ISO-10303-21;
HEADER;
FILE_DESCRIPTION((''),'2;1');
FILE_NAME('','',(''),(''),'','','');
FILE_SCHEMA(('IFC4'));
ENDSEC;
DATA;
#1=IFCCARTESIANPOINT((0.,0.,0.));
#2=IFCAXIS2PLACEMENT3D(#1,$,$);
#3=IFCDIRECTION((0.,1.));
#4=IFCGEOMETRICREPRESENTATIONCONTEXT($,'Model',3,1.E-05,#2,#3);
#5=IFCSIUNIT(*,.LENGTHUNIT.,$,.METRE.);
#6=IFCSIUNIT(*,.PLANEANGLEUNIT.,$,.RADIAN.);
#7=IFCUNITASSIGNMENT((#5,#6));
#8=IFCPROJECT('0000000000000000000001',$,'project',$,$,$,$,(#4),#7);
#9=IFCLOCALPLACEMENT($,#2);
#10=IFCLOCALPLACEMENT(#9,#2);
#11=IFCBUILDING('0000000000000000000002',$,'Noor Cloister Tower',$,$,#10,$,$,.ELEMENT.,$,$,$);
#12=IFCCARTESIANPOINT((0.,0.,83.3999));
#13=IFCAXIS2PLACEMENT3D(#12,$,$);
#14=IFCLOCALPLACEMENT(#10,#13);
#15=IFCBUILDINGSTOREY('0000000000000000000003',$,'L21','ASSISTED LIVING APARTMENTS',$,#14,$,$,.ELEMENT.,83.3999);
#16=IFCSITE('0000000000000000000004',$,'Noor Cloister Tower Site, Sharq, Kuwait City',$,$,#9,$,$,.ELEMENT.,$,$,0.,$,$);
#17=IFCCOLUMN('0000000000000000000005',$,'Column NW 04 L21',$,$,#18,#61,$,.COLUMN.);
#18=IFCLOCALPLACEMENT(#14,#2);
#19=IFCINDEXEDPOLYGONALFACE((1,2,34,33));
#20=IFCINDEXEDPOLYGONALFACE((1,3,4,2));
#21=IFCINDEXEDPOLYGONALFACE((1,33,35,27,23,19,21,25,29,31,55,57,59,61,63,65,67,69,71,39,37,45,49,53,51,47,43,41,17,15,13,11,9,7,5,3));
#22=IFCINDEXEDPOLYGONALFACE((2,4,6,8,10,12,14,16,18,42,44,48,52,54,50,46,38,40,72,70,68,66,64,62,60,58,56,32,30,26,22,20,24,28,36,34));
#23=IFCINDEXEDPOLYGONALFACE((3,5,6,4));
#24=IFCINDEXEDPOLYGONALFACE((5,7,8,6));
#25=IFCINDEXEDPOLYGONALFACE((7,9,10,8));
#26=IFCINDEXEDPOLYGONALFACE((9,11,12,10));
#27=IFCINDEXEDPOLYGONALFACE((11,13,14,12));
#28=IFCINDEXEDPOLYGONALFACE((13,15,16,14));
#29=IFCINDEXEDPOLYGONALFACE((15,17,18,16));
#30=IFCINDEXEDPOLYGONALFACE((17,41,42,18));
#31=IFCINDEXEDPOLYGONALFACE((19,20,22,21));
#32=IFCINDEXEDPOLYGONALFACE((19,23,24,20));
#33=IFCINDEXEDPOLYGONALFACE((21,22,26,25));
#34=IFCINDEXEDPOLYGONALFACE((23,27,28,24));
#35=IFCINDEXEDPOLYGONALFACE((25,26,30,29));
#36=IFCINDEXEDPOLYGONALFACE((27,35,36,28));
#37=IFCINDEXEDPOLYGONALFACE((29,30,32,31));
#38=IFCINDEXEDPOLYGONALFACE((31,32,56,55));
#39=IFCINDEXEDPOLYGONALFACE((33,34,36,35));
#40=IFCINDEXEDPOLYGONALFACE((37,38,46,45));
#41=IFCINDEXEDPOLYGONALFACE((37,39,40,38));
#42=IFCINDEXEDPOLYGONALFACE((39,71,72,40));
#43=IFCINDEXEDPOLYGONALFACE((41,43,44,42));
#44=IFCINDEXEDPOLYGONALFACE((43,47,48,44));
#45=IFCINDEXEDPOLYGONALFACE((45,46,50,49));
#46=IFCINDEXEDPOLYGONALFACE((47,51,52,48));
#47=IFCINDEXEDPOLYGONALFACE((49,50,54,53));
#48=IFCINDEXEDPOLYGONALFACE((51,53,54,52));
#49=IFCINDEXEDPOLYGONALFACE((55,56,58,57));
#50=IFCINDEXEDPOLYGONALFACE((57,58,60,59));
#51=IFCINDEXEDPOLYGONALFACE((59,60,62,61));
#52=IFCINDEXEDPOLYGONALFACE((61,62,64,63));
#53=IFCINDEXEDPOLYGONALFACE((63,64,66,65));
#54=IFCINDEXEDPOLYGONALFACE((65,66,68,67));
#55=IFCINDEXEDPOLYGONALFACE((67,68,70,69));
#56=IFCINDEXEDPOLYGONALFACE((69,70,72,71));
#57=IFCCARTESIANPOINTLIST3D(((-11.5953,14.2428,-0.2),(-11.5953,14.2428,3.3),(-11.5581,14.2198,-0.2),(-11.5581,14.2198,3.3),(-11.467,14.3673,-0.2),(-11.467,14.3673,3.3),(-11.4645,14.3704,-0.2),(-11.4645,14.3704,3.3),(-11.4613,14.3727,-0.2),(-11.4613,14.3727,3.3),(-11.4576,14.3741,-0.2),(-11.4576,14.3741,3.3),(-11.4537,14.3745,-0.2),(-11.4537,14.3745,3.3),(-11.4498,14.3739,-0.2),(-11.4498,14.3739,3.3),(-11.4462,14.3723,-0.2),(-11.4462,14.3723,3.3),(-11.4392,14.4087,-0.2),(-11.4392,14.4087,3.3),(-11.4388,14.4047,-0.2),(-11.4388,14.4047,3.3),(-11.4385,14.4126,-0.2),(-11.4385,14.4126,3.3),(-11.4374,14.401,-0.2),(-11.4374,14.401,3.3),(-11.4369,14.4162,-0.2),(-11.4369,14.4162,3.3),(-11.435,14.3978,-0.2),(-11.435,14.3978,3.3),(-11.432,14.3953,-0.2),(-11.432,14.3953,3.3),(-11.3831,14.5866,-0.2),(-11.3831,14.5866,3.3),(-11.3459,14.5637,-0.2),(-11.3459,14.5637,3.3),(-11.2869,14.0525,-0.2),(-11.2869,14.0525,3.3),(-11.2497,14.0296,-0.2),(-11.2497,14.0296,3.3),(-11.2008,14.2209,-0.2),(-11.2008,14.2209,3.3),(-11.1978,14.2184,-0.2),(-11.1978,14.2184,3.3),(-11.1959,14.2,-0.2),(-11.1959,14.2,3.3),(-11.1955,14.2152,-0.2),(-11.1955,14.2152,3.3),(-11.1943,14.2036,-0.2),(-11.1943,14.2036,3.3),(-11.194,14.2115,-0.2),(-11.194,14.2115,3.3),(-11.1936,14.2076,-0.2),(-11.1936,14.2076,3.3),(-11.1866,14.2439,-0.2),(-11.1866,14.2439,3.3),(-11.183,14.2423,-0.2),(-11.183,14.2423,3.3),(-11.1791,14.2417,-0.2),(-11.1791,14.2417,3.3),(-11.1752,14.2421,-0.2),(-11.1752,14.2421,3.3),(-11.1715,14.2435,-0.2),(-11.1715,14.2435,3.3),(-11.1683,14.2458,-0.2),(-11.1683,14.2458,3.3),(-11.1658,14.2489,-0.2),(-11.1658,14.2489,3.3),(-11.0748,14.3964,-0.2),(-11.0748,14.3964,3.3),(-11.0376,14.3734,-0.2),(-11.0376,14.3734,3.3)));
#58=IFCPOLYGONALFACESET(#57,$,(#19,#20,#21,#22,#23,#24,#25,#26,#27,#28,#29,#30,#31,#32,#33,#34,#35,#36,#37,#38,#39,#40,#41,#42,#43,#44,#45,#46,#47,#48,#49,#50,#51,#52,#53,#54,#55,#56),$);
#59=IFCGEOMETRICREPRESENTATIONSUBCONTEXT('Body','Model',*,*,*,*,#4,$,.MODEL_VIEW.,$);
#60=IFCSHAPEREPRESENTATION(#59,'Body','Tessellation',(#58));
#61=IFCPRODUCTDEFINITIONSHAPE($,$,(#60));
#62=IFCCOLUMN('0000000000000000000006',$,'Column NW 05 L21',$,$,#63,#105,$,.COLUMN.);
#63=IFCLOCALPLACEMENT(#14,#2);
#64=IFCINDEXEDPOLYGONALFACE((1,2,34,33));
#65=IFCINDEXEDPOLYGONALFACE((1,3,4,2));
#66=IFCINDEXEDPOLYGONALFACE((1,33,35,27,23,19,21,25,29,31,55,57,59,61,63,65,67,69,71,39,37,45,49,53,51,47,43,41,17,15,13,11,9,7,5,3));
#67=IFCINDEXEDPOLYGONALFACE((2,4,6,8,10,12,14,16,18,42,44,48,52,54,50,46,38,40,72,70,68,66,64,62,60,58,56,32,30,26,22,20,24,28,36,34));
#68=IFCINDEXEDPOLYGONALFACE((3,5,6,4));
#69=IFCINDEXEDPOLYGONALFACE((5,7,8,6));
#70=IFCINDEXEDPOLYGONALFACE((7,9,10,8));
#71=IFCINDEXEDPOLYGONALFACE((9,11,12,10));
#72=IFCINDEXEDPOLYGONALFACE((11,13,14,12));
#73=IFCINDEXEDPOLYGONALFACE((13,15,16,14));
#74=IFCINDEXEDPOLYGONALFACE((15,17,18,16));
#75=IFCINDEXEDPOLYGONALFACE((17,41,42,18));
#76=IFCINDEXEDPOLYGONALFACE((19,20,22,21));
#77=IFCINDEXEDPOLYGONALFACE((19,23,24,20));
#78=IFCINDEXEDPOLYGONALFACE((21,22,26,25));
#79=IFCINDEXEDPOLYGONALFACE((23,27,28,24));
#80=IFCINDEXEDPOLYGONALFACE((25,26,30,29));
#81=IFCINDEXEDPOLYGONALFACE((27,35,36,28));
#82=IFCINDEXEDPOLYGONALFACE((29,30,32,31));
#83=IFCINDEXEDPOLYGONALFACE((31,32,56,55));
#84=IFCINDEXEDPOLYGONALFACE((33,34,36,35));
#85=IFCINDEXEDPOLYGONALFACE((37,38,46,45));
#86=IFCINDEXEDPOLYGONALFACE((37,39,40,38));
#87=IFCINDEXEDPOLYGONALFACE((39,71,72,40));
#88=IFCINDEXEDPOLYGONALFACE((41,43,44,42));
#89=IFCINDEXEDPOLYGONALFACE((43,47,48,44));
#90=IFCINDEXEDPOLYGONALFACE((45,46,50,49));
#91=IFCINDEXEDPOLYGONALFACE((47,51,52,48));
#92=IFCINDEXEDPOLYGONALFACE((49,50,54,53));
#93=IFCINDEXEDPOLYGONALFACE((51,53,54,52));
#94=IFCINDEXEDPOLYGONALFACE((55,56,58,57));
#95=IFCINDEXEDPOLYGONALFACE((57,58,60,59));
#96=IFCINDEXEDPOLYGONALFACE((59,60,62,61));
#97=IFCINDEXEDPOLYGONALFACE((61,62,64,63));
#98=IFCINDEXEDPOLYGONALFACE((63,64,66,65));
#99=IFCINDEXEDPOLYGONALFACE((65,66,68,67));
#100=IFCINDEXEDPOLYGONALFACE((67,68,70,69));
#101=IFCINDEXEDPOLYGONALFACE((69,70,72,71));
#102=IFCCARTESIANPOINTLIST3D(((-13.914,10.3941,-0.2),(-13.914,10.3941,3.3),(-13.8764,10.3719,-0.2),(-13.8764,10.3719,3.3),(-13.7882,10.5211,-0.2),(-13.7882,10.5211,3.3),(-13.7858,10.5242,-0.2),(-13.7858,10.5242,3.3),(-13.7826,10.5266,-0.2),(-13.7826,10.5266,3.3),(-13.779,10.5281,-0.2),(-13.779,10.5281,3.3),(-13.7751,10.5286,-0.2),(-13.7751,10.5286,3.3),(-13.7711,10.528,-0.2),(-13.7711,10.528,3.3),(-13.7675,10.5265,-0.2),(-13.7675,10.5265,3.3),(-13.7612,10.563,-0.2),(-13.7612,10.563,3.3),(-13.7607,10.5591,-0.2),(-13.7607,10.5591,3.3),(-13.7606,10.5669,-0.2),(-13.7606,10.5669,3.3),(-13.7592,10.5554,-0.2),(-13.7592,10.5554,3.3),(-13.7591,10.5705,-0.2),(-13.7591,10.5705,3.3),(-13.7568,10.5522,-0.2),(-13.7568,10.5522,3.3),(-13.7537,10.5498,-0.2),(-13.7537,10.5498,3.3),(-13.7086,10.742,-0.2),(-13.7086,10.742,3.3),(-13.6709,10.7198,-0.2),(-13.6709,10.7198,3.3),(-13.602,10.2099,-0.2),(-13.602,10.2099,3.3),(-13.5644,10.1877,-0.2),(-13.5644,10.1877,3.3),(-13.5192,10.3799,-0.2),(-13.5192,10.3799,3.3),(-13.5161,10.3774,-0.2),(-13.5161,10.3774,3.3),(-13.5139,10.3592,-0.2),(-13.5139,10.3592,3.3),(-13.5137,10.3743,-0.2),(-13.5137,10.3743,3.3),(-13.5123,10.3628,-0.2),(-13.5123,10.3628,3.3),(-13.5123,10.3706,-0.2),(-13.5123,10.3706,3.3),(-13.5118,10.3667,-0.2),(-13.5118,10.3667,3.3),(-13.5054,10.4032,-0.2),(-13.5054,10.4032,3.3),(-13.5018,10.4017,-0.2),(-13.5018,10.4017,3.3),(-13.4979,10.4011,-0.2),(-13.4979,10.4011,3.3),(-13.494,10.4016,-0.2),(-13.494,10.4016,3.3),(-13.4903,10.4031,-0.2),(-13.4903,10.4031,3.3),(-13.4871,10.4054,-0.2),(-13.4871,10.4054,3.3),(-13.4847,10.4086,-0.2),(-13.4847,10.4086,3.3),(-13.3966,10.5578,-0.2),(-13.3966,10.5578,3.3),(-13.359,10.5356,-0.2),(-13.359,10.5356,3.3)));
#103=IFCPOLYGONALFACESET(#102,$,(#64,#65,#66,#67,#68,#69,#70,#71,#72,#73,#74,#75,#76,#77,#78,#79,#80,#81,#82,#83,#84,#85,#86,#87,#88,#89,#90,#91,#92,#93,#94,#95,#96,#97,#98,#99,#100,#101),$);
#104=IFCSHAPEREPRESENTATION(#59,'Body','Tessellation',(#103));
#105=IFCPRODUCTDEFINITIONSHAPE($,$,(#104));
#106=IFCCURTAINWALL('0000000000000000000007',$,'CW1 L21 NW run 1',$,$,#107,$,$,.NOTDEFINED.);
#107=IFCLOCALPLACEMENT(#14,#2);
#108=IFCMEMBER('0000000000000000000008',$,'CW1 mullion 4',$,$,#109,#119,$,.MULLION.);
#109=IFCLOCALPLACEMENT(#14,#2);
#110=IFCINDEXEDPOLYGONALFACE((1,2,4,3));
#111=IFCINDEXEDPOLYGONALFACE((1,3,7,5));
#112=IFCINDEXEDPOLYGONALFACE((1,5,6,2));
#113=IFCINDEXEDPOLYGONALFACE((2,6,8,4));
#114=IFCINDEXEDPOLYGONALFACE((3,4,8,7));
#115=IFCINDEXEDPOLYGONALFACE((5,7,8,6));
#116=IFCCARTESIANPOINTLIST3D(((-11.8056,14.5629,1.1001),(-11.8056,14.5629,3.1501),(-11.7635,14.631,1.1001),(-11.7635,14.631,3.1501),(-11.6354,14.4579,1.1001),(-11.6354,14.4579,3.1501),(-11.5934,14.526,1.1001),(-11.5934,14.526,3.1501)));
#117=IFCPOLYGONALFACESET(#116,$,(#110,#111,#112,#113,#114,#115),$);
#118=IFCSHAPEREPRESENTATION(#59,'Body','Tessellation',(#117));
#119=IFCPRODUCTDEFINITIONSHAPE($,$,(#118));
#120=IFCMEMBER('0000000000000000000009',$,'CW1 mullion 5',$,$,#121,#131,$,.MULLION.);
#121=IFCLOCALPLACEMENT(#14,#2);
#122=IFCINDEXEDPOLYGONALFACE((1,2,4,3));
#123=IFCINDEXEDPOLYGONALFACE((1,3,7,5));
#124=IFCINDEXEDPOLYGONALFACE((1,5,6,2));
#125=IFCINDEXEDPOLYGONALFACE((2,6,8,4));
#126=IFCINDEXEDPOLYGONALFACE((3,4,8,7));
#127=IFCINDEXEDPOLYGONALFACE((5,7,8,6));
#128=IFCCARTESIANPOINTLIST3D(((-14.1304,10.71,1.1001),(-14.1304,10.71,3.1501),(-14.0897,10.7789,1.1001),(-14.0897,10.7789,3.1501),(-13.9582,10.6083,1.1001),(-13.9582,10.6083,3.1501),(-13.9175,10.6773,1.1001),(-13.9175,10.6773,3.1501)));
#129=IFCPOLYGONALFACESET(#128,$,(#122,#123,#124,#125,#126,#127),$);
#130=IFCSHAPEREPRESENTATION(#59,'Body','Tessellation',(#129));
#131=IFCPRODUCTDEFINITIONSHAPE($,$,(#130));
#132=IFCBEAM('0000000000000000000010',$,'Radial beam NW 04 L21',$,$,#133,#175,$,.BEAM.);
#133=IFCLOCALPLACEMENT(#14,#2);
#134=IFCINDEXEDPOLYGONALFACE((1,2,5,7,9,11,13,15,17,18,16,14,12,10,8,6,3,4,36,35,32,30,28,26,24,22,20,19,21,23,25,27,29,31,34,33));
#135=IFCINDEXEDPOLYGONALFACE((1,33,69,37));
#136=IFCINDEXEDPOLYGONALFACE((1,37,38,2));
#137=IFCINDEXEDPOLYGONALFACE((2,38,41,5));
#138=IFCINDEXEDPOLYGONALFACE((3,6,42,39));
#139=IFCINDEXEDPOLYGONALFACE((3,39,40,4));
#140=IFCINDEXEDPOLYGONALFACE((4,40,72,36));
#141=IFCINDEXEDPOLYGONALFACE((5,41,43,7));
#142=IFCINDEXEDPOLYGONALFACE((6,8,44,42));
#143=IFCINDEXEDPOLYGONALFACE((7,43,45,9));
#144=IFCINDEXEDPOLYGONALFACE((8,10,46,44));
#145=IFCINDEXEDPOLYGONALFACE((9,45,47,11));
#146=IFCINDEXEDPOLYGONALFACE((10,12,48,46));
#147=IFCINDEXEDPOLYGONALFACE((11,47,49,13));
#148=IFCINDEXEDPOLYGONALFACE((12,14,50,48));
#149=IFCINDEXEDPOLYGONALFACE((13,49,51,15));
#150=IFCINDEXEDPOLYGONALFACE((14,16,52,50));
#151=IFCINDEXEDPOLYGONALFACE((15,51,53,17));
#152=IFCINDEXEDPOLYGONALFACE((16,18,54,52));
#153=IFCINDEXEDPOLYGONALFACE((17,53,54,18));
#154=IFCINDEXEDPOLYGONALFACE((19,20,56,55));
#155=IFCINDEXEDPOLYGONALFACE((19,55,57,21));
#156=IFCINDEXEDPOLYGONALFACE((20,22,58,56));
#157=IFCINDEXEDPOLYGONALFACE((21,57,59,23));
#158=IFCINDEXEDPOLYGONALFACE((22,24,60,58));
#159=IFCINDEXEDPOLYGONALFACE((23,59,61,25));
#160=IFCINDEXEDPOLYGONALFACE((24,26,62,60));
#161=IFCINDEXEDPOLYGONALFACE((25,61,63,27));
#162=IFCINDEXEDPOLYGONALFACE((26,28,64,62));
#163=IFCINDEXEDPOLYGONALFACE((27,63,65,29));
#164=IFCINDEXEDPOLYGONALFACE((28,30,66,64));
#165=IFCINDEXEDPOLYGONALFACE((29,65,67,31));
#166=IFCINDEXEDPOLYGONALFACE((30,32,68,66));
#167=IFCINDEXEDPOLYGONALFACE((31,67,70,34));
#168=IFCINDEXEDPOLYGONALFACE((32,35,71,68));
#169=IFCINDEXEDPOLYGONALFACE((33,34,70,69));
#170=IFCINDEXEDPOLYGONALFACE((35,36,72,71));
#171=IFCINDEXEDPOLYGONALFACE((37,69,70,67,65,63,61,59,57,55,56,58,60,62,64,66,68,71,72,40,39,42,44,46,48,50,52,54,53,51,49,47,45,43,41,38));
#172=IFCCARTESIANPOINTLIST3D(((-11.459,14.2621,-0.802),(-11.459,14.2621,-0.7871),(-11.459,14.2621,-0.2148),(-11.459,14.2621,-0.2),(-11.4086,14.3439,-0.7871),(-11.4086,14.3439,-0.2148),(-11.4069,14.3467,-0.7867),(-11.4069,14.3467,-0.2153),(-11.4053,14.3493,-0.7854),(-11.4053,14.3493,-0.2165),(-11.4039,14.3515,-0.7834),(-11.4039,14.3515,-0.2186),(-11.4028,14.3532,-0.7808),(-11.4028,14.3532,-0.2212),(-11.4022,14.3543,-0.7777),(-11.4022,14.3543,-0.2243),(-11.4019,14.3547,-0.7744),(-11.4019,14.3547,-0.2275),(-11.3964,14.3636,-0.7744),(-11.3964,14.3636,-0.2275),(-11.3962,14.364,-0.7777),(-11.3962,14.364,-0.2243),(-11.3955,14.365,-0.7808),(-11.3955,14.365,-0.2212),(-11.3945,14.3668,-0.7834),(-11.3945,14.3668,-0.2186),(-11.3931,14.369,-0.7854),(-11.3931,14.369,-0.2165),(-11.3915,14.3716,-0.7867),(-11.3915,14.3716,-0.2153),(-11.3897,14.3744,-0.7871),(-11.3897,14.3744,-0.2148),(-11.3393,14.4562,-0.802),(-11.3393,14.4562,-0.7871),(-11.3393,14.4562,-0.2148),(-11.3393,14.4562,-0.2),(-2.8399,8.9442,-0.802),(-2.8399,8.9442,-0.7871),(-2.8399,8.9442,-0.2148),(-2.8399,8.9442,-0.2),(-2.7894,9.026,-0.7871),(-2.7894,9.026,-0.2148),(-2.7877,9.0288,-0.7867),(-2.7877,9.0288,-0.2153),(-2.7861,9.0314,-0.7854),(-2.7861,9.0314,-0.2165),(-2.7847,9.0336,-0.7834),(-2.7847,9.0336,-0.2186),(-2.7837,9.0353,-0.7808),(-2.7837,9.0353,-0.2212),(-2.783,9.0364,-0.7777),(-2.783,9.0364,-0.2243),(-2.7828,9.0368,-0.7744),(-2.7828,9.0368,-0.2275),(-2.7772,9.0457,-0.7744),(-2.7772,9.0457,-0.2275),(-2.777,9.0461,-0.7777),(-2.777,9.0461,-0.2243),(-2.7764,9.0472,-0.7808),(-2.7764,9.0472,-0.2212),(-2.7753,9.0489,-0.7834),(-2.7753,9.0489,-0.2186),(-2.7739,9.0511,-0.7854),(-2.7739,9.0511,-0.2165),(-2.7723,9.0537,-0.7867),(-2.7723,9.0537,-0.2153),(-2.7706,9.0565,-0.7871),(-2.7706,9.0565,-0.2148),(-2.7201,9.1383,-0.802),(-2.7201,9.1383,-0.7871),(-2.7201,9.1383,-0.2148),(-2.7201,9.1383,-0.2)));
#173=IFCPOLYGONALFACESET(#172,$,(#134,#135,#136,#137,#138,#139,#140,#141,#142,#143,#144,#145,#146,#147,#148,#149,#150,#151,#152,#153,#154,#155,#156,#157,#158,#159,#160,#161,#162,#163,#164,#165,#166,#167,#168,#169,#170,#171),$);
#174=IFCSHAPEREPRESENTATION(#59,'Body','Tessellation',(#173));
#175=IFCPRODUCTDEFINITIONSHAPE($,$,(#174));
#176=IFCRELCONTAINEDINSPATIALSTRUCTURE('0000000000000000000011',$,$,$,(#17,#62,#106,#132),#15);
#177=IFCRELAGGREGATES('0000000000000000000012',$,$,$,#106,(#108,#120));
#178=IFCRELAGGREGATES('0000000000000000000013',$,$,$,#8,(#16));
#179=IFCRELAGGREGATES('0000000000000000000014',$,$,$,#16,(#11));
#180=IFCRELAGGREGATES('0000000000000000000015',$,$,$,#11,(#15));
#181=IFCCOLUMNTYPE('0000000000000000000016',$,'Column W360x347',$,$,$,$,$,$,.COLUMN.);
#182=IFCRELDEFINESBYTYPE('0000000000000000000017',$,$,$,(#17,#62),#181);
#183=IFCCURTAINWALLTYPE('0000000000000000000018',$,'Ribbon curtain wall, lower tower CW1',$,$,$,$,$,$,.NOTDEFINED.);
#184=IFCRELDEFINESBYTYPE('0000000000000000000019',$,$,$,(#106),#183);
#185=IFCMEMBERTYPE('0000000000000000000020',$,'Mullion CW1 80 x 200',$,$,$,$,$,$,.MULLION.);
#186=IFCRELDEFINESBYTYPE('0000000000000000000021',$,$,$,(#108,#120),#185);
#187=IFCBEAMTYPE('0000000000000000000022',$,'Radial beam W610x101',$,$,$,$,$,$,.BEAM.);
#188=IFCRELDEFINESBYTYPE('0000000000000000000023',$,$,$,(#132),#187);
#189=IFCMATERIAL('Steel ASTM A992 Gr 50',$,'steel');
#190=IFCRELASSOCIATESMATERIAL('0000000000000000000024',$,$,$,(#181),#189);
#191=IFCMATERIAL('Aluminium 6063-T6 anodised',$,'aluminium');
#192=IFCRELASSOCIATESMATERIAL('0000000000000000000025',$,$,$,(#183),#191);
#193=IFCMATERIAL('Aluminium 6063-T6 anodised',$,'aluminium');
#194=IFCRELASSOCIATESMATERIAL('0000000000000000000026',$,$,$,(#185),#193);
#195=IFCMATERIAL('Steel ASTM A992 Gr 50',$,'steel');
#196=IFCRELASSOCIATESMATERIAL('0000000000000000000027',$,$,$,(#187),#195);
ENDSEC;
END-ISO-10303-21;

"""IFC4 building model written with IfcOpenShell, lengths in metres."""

from ifc_helpers import new_model, si_unit, direction, frame, origin, origin_2d, place, context, subcontext, project, spatial, rectangle, i_section, extrude, material, material_profile, profile_set, type_object, element, aggregate, save


model = new_model("IFC4")

# Units and contexts
model_context = context("Model", 3, precision=1e-05, world=origin(), true_north=direction((0.0, 1.0)))
body_context = subcontext(model_context, "Body", "Model", "MODEL_VIEW")
ifc_project = project(units=[si_unit("LENGTHUNIT", "METRE"), si_unit("PLANEANGLEUNIT", "RADIAN")], contexts=[model_context])

# Site, building, storey
site_placement = place(None, origin())
site = spatial("IfcSite", under=ifc_project, at=site_placement, Name="Noor Cloister Tower Site, Sharq, Kuwait City", CompositionType="ELEMENT", RefElevation=0.0)
building_placement = place(site_placement, origin())
building = spatial("IfcBuilding", under=site, at=building_placement, Name="Noor Cloister Tower", CompositionType="ELEMENT")
storey_placement = place(building_placement, frame((0.0, 0.0, 83.3999)))
storey = spatial("IfcBuildingStorey", under=building, at=storey_placement, Name="L21", Description="ASSISTED LIVING APARTMENTS", CompositionType="ELEMENT", Elevation=83.3999)

# Columns
ifc_material_1 = material(Name="Steel ASTM A992 Gr 50", Category="steel")
ifc_material_profile_1 = material_profile(ifc_material_1, i_section(OverallWidth=0.4041, OverallDepth=0.406, WebThickness=0.0271, FlangeThickness=0.0437, FilletRadius=0.0151, at=origin_2d()), Name="W360x347")
ifc_profile_set_1 = profile_set([ifc_material_profile_1], Name="Steel ASTM A992 Gr 50")
column_type = type_object("IfcColumnType", Name="Column W360x347", PredefinedType="COLUMN", material=ifc_profile_set_1)
for number, where, z_axis, x_axis, name in (
    (1, (-11.3164, 14.3081, -0.2), (0.0, 0.0, 1.0), (-0.525088, -0.851048, 0.0), "Column NW 04 L21"),
    (2, (-13.6365, 10.4648, -0.2), (0.0, 0.0, 1.0), (-0.508411, -0.861114, 0.0), "Column NW 05 L21"),
):
    element("IfcColumn", number, at=place(storey_placement, frame(where, z_axis=z_axis, x_axis=x_axis)), inside=storey, type_object=column_type, Name=name, PredefinedType="COLUMN", context=body_context, shape_type="SweptSolid", body=[
        extrude(i_section(OverallWidth=0.4041, OverallDepth=0.406, WebThickness=0.0271, FlangeThickness=0.0437, FilletRadius=0.0151, at=origin_2d()), origin(), (0.0, 0.0, 1.0), 3.5),
    ])

# Curtain wall, members
ifc_material_2 = material(Name="Aluminium 6063-T6 anodised", Category="aluminium")
curtain_wall_type = type_object("IfcCurtainWallType", Name="Ribbon curtain wall, lower tower CW1", PredefinedType="NOTDEFINED", material=ifc_material_2)
curtain_wall_placement = place(storey_placement, origin())
curtain_wall = element("IfcCurtainWall", 3, at=curtain_wall_placement, inside=storey, type_object=curtain_wall_type, Name="CW1 L21 NW run 1", PredefinedType="NOTDEFINED")
ifc_material_3 = material(Name="Aluminium 6063-T6 anodised", Category="aluminium")
ifc_material_profile_2 = material_profile(ifc_material_3, rectangle(XDim=0.2, YDim=0.0801, at=origin_2d()), Name="200 x 80 mullion")
ifc_profile_set_2 = profile_set([ifc_material_profile_2], Name="Aluminium 6063-T6 anodised")
member_type = type_object("IfcMemberType", Name="Mullion CW1 80 x 200", PredefinedType="MULLION", material=ifc_profile_set_2)
member_1_placement = place(storey_placement, frame((-11.6995, 14.5444, 1.1001), z_axis=(0.0, 0.0, 1.0), x_axis=(0.851048, -0.525088, 0.0)))
member_1 = element("IfcMember", 4, at=member_1_placement, type_object=member_type, Name="CW1 mullion 4", PredefinedType="MULLION", context=body_context, shape_type="SweptSolid", body=[
    extrude(rectangle(XDim=0.2, YDim=0.0801, at=origin_2d()), origin(), (0.0, 0.0, 1.0), 2.05),
])
member_2_placement = place(storey_placement, frame((-14.0239, 10.6936, 1.1001), z_axis=(0.0, 0.0, 1.0), x_axis=(0.861114, -0.508411, 0.0)))
member_2 = element("IfcMember", 5, at=member_2_placement, type_object=member_type, Name="CW1 mullion 5", PredefinedType="MULLION", context=body_context, shape_type="SweptSolid", body=[
    extrude(rectangle(XDim=0.2, YDim=0.0801, at=origin_2d()), origin(), (0.0, 0.0, 1.0), 2.05),
])

# Beam
ifc_material_4 = material(Name="Steel ASTM A992 Gr 50", Category="steel")
ifc_material_profile_3 = material_profile(ifc_material_4, i_section(OverallWidth=0.228, OverallDepth=0.6021, WebThickness=0.0105, FlangeThickness=0.0149, FilletRadius=0.0127, at=origin_2d()), Name="W610x101")
ifc_profile_set_3 = profile_set([ifc_material_profile_3], Name="Steel ASTM A992 Gr 50")
beam_type_1 = type_object("IfcBeamType", Name="Radial beam W610x101", PredefinedType="BEAM", material=ifc_profile_set_3)
beam_1_placement = place(storey_placement, frame((-11.3992, 14.3591, -0.501), z_axis=(0.85105, -0.525084, 0.0), x_axis=(0.525084, 0.85105, 0.0)))
element("IfcBeam", 6, at=beam_1_placement, inside=storey, type_object=beam_type_1, Name="Radial beam NW 04 L21", PredefinedType="BEAM", context=body_context, shape_type="SweptSolid", body=[
    extrude(i_section(OverallWidth=0.228, OverallDepth=0.6021, WebThickness=0.0105, FlangeThickness=0.0149, FilletRadius=0.0127, at=origin_2d()), origin(), (0.0, 0.0, 1.0), 10.1277),
])

aggregate(curtain_wall, [member_1, member_2])

save(model, "model.ifc")
